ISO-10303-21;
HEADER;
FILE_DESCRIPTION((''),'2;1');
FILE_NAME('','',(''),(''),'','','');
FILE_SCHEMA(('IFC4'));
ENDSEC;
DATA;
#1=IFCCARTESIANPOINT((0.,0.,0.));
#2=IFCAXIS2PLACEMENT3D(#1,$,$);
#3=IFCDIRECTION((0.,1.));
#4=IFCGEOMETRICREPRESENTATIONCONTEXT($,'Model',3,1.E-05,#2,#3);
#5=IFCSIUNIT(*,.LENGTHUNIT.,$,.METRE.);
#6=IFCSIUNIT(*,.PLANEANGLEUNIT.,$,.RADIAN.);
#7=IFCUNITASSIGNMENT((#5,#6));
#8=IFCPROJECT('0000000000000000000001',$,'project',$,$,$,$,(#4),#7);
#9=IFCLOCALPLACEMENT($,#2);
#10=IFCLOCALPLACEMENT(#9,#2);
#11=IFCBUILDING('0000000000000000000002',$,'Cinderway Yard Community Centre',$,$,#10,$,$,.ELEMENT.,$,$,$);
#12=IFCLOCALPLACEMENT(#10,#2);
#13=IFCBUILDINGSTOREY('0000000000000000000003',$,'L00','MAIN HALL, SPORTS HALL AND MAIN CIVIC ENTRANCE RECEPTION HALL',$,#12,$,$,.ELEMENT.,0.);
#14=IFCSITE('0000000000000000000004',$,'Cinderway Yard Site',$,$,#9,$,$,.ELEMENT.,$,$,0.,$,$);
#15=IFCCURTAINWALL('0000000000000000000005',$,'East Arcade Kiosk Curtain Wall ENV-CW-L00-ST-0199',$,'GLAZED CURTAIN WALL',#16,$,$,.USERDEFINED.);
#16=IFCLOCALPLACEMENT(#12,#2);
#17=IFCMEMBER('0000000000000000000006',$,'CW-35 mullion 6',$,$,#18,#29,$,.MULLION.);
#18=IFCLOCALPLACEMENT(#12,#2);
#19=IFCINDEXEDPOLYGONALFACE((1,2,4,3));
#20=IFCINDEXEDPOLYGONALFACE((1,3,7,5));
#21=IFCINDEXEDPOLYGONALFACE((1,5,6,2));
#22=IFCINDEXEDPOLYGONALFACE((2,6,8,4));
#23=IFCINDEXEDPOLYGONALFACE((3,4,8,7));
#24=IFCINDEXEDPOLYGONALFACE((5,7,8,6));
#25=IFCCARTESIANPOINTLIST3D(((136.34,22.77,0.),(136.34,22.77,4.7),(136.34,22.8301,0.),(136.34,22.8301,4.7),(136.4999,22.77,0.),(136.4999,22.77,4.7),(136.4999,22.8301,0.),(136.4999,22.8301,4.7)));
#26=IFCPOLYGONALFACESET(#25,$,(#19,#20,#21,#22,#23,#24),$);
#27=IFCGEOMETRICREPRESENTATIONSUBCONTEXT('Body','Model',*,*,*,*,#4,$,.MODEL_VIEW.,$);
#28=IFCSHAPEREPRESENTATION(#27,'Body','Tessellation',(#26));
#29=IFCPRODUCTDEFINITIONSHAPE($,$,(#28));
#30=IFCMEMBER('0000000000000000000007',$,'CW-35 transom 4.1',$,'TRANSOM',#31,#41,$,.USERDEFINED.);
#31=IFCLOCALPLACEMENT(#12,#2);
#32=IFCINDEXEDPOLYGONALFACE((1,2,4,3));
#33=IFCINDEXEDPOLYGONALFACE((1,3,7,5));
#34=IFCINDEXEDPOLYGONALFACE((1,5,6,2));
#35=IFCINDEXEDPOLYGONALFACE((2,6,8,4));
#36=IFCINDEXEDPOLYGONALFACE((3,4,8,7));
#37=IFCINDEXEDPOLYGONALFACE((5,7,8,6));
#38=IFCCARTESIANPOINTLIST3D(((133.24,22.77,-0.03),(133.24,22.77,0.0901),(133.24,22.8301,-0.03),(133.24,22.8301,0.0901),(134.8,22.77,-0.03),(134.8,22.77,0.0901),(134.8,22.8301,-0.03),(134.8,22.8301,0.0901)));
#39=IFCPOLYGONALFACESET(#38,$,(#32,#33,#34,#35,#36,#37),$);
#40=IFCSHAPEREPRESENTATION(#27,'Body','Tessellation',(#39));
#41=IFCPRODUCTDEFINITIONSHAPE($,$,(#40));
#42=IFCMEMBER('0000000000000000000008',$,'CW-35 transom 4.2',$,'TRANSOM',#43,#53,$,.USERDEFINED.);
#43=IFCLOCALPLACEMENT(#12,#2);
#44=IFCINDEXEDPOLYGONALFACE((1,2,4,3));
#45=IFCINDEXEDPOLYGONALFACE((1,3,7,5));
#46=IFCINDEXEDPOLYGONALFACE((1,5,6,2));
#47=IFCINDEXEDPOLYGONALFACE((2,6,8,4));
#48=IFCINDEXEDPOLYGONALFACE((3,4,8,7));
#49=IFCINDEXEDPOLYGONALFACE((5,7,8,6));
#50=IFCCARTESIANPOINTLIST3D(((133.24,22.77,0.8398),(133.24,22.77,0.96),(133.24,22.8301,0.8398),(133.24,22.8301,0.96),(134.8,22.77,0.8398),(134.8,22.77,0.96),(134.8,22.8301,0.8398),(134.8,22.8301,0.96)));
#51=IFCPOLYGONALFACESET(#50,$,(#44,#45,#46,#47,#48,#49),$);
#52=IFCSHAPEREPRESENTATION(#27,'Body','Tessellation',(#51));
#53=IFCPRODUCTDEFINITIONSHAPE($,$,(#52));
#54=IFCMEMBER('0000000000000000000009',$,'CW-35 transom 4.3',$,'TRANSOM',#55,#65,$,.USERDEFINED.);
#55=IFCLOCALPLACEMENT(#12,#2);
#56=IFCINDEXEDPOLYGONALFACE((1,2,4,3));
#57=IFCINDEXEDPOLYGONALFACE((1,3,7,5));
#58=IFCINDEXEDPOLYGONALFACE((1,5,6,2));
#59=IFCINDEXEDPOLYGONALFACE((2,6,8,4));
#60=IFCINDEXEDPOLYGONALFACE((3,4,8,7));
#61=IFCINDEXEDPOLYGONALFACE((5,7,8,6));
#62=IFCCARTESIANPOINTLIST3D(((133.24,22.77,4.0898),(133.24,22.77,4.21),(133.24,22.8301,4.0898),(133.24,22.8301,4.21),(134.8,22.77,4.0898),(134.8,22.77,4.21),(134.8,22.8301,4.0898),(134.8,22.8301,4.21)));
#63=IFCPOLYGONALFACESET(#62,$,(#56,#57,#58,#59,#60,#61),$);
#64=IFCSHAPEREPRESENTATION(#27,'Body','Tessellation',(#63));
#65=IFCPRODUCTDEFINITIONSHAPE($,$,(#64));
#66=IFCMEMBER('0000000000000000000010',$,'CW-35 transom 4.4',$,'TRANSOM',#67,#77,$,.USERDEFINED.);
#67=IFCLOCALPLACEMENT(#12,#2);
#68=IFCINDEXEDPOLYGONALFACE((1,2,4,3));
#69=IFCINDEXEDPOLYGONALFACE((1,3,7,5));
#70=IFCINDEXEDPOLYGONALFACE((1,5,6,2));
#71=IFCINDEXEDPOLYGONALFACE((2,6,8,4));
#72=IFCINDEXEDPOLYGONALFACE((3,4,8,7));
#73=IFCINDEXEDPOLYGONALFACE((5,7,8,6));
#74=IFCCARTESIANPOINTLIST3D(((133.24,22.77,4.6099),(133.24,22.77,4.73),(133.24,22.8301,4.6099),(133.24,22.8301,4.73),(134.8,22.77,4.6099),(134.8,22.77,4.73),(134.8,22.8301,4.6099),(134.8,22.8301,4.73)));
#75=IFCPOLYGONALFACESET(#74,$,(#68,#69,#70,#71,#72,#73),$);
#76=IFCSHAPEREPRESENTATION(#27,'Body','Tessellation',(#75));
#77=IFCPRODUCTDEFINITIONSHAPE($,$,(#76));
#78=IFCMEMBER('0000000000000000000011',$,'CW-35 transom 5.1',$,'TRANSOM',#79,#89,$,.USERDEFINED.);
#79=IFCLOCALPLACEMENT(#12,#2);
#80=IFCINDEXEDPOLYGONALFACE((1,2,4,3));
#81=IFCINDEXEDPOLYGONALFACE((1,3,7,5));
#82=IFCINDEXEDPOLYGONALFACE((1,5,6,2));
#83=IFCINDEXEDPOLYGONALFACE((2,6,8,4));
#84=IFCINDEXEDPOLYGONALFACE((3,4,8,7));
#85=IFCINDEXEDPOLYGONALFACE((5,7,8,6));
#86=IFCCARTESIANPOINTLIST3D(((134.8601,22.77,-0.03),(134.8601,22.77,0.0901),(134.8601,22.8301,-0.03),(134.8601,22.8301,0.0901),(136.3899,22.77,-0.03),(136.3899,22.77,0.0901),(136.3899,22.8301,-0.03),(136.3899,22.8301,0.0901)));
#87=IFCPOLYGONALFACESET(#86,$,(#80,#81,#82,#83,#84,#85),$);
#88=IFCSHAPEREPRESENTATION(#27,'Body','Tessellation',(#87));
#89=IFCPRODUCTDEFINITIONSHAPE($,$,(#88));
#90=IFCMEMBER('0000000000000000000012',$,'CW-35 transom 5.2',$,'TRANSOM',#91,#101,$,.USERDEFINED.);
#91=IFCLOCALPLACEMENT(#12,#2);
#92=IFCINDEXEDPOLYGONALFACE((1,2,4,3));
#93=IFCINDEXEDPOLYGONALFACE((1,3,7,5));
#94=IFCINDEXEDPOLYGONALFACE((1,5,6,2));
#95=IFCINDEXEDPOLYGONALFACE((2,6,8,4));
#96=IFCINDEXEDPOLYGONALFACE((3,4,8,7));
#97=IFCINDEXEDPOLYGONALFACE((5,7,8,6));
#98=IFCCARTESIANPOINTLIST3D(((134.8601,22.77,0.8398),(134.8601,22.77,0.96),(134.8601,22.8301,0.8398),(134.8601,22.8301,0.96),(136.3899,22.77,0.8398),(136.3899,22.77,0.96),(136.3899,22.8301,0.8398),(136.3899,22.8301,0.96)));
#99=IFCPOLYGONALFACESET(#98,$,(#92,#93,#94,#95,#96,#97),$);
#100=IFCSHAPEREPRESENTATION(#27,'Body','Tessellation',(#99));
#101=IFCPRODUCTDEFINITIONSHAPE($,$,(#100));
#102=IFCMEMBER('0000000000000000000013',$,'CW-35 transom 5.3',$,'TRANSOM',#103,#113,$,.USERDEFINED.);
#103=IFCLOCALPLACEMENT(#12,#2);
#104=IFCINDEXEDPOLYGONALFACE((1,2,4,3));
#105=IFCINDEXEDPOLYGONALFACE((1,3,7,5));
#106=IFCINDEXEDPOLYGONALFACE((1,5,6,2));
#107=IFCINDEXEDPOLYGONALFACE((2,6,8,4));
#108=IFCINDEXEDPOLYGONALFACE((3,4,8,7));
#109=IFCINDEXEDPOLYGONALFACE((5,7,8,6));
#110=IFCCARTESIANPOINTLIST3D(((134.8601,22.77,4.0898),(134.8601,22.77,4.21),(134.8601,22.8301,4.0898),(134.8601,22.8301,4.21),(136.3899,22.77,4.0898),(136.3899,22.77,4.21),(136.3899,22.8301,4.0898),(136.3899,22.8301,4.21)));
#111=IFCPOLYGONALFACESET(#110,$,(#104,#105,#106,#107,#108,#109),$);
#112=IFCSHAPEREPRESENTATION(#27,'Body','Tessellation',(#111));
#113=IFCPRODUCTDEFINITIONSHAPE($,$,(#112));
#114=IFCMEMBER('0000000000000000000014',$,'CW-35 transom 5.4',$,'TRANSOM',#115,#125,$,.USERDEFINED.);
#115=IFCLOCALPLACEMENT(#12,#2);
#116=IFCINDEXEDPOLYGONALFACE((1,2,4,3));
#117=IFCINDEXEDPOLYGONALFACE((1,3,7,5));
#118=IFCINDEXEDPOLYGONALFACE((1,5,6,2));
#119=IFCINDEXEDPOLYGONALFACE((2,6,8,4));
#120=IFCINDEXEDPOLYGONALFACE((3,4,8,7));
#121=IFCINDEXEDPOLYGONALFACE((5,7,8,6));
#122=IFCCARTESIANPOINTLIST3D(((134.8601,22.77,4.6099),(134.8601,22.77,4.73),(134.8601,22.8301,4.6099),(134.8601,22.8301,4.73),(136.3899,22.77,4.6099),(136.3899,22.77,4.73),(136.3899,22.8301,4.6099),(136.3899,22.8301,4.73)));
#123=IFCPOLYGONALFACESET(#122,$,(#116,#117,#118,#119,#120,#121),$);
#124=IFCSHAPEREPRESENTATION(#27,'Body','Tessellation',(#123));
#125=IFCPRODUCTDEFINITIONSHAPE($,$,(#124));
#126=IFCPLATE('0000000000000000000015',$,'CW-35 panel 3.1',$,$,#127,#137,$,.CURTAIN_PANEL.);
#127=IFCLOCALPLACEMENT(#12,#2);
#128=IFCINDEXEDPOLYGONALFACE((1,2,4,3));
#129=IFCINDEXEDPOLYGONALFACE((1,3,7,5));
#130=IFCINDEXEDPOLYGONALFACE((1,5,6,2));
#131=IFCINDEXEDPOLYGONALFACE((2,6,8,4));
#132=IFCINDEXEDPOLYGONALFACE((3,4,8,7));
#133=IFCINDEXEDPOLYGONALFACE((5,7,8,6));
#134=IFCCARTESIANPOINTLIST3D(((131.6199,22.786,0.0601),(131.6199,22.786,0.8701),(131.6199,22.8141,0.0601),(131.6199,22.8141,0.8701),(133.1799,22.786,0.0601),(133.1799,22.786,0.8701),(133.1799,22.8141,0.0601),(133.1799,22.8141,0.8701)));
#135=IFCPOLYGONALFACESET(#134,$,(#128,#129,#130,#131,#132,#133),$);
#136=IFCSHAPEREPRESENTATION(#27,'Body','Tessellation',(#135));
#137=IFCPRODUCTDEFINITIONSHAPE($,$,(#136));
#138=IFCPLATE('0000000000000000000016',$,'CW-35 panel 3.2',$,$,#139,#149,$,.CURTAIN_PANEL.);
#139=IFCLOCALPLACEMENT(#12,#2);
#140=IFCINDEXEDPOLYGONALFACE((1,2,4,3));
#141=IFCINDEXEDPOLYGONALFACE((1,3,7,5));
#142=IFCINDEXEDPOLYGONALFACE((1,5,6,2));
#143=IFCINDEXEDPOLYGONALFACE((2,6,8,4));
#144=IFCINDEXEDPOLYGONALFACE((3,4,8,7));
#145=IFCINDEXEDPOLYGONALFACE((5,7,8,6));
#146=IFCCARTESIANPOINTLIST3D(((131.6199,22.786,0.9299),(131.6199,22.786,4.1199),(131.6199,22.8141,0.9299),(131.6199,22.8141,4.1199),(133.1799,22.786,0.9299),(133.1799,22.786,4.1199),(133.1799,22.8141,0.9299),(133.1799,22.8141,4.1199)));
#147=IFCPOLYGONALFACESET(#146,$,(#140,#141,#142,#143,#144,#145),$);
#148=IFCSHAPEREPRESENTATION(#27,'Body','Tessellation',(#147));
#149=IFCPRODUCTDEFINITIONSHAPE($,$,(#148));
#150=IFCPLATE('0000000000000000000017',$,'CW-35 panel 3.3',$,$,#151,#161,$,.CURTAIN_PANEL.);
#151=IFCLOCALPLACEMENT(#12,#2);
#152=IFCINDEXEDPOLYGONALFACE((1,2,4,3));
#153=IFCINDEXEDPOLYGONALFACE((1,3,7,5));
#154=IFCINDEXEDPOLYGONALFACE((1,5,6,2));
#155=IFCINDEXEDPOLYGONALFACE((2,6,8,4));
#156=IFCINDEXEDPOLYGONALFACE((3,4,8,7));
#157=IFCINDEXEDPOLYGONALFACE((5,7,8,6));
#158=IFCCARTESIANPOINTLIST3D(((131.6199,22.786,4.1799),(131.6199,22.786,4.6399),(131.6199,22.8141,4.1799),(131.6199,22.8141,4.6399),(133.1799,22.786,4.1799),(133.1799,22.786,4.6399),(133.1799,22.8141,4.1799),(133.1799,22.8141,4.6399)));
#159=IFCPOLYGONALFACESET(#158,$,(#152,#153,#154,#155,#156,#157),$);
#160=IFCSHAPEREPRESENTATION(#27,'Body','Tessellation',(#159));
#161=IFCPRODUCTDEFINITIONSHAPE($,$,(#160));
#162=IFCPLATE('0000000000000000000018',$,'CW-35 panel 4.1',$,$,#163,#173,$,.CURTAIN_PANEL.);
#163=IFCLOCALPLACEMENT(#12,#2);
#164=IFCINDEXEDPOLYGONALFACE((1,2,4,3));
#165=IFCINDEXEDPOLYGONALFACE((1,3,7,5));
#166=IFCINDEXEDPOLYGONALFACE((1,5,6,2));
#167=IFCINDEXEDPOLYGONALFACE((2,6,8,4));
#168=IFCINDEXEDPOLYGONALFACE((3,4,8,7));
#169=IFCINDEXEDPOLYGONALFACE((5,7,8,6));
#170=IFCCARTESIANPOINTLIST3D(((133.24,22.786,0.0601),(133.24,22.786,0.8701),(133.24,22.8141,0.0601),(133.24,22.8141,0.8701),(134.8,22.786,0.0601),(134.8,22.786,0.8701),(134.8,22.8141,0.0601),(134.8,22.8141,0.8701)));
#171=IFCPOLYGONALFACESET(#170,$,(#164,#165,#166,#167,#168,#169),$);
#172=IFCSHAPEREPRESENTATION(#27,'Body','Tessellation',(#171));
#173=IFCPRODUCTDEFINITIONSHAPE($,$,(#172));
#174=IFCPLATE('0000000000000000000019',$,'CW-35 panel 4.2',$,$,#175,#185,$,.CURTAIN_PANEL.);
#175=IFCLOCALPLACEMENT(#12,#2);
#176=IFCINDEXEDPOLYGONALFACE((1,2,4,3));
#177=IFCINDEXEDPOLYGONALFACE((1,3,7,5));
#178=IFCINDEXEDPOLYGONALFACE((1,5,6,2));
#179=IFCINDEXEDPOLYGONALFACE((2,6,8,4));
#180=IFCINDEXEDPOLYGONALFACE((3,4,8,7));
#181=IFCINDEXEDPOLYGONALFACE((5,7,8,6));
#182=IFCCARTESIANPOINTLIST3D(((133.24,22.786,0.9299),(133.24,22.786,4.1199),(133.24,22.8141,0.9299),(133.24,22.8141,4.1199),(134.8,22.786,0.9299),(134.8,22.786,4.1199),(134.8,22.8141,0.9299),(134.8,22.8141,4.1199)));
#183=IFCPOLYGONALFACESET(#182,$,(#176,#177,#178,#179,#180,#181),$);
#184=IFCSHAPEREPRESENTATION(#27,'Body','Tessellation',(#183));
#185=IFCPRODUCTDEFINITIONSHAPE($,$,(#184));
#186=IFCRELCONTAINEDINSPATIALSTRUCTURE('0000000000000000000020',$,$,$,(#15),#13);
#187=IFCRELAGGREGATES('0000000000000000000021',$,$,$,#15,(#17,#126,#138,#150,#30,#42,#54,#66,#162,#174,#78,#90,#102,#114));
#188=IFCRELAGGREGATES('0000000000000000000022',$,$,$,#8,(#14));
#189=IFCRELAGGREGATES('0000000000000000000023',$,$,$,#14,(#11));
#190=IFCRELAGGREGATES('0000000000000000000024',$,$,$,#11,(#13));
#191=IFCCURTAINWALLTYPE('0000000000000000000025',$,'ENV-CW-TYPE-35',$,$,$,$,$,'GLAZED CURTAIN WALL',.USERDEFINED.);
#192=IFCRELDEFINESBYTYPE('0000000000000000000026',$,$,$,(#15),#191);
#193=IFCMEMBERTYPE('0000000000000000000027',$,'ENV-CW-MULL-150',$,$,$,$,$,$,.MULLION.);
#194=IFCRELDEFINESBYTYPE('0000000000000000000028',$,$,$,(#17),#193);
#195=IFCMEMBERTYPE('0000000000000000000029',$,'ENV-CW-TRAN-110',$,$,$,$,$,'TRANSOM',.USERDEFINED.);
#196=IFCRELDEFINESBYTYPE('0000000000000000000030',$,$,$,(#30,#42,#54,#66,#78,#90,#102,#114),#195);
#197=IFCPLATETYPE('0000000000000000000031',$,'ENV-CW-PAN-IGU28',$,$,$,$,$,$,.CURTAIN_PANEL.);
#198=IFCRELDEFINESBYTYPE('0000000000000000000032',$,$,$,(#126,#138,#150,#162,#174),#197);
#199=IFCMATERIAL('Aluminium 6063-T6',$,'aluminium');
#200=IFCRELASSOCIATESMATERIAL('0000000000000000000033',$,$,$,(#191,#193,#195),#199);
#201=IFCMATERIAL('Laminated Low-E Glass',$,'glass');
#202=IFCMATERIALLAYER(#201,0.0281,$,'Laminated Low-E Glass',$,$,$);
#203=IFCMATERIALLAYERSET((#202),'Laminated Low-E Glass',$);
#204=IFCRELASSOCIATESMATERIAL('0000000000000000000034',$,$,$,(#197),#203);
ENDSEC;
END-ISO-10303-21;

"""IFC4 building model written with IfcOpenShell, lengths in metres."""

from ifc_helpers import new_model, si_unit, direction, frame, origin, origin_2d, place, context, subcontext, project, spatial, rectangle, extrude, material, layer, layer_set, material_profile, profile_set, type_object, element, aggregate, save


model = new_model("IFC4")

# Units and contexts
model_context = context("Model", 3, precision=1e-05, world=origin(), true_north=direction((0.0, 1.0)))
body_context = subcontext(model_context, "Body", "Model", "MODEL_VIEW")
ifc_project = project(units=[si_unit("LENGTHUNIT", "METRE"), si_unit("PLANEANGLEUNIT", "RADIAN")], contexts=[model_context])

# Site, building, storey
site_placement = place(None, origin())
site = spatial("IfcSite", under=ifc_project, at=site_placement, Name="Cinderway Yard Site", CompositionType="ELEMENT", RefElevation=0.0)
building_placement = place(site_placement, origin())
building = spatial("IfcBuilding", under=site, at=building_placement, Name="Cinderway Yard Community Centre", CompositionType="ELEMENT")
storey_placement = place(building_placement, origin())
storey = spatial("IfcBuildingStorey", under=building, at=storey_placement, Name="L00", Description="MAIN HALL, SPORTS HALL AND MAIN CIVIC ENTRANCE RECEPTION HALL", CompositionType="ELEMENT", Elevation=0.0)

# Curtain wall, members, plates
ifc_material_1 = material(Name="Aluminium 6063-T6", Category="aluminium")
curtain_wall_type = type_object("IfcCurtainWallType", Name="ENV-CW-TYPE-35", ElementType="GLAZED CURTAIN WALL", PredefinedType="USERDEFINED", material=ifc_material_1)
curtain_wall_placement = place(storey_placement, origin())
curtain_wall = element("IfcCurtainWall", 1, at=curtain_wall_placement, inside=storey, type_object=curtain_wall_type, Name="East Arcade Kiosk Curtain Wall ENV-CW-L00-ST-0199", ObjectType="GLAZED CURTAIN WALL", PredefinedType="USERDEFINED")
ifc_material_profile_1 = material_profile(ifc_material_1, rectangle(XDim=0.0601, YDim=0.1599, at=origin_2d()), Name="Aluminium 6063-T6")
ifc_profile_set_1 = profile_set([ifc_material_profile_1], Name="Aluminium 6063-T6")
member_type_1 = type_object("IfcMemberType", Name="ENV-CW-MULL-150", PredefinedType="MULLION", material=ifc_profile_set_1)
member_1_placement = place(storey_placement, frame((136.4199, 22.8, 0.0), z_axis=(0.0, 0.0, 1.0), x_axis=(0.0, 1.0, 0.0)))
member_1 = element("IfcMember", 2, at=member_1_placement, type_object=member_type_1, Name="CW-35 mullion 6", PredefinedType="MULLION", context=body_context, shape_type="SweptSolid", body=[
    extrude(rectangle(XDim=0.0601, YDim=0.1599, at=origin_2d()), origin(), (0.0, 0.0, 1.0), 4.7),
])
ifc_material_profile_2 = material_profile(ifc_material_1, rectangle(XDim=0.0601, YDim=0.1201, at=origin_2d()), Name="Aluminium 6063-T6")
ifc_profile_set_2 = profile_set([ifc_material_profile_2], Name="Aluminium 6063-T6")
member_type_2 = type_object("IfcMemberType", Name="ENV-CW-TRAN-110", ElementType="TRANSOM", PredefinedType="USERDEFINED", material=ifc_profile_set_2)
member_2_placement = place(storey_placement, frame((133.24, 22.8, 0.03), z_axis=(1.0, 0.0, 0.0), x_axis=(0.0, 1.0, 0.0)))
member_2 = element("IfcMember", 3, at=member_2_placement, type_object=member_type_2, Name="CW-35 transom 4.1", ObjectType="TRANSOM", PredefinedType="USERDEFINED", context=body_context, shape_type="SweptSolid", body=[
    extrude(rectangle(XDim=0.0601, YDim=0.1201, at=origin_2d()), origin(), (0.0, 0.0, 1.0), 1.5601),
])
member_3_placement = place(storey_placement, frame((133.24, 22.8, 0.8999), z_axis=(1.0, 0.0, 0.0), x_axis=(0.0, 1.0, 0.0)))
member_3 = element("IfcMember", 4, at=member_3_placement, type_object=member_type_2, Name="CW-35 transom 4.2", ObjectType="TRANSOM", PredefinedType="USERDEFINED", context=body_context, shape_type="SweptSolid", body=[
    extrude(rectangle(XDim=0.0601, YDim=0.1201, at=origin_2d()), origin(), (0.0, 0.0, 1.0), 1.5601),
])
member_4_placement = place(storey_placement, frame((133.24, 22.8, 4.1499), z_axis=(1.0, 0.0, 0.0), x_axis=(0.0, 1.0, 0.0)))
member_4 = element("IfcMember", 5, at=member_4_placement, type_object=member_type_2, Name="CW-35 transom 4.3", ObjectType="TRANSOM", PredefinedType="USERDEFINED", context=body_context, shape_type="SweptSolid", body=[
    extrude(rectangle(XDim=0.0601, YDim=0.1201, at=origin_2d()), origin(), (0.0, 0.0, 1.0), 1.5601),
])
member_5_placement = place(storey_placement, frame((133.24, 22.8, 4.6699), z_axis=(1.0, 0.0, 0.0), x_axis=(0.0, 1.0, 0.0)))
member_5 = element("IfcMember", 6, at=member_5_placement, type_object=member_type_2, Name="CW-35 transom 4.4", ObjectType="TRANSOM", PredefinedType="USERDEFINED", context=body_context, shape_type="SweptSolid", body=[
    extrude(rectangle(XDim=0.0601, YDim=0.1201, at=origin_2d()), origin(), (0.0, 0.0, 1.0), 1.5601),
])
member_6_placement = place(storey_placement, frame((134.8601, 22.8, 0.03), z_axis=(1.0, 0.0, 0.0), x_axis=(0.0, 1.0, 0.0)))
member_6 = element("IfcMember", 7, at=member_6_placement, type_object=member_type_2, Name="CW-35 transom 5.1", ObjectType="TRANSOM", PredefinedType="USERDEFINED", context=body_context, shape_type="SweptSolid", body=[
    extrude(rectangle(XDim=0.0601, YDim=0.1201, at=origin_2d()), origin(), (0.0, 0.0, 1.0), 1.5298),
])
member_7_placement = place(storey_placement, frame((134.8601, 22.8, 0.8999), z_axis=(1.0, 0.0, 0.0), x_axis=(0.0, 1.0, 0.0)))
member_7 = element("IfcMember", 8, at=member_7_placement, type_object=member_type_2, Name="CW-35 transom 5.2", ObjectType="TRANSOM", PredefinedType="USERDEFINED", context=body_context, shape_type="SweptSolid", body=[
    extrude(rectangle(XDim=0.0601, YDim=0.1201, at=origin_2d()), origin(), (0.0, 0.0, 1.0), 1.5298),
])
member_8_placement = place(storey_placement, frame((134.8601, 22.8, 4.1499), z_axis=(1.0, 0.0, 0.0), x_axis=(0.0, 1.0, 0.0)))
member_8 = element("IfcMember", 9, at=member_8_placement, type_object=member_type_2, Name="CW-35 transom 5.3", ObjectType="TRANSOM", PredefinedType="USERDEFINED", context=body_context, shape_type="SweptSolid", body=[
    extrude(rectangle(XDim=0.0601, YDim=0.1201, at=origin_2d()), origin(), (0.0, 0.0, 1.0), 1.5298),
])
member_9_placement = place(storey_placement, frame((134.8601, 22.8, 4.6699), z_axis=(1.0, 0.0, 0.0), x_axis=(0.0, 1.0, 0.0)))
member_9 = element("IfcMember", 10, at=member_9_placement, type_object=member_type_2, Name="CW-35 transom 5.4", ObjectType="TRANSOM", PredefinedType="USERDEFINED", context=body_context, shape_type="SweptSolid", body=[
    extrude(rectangle(XDim=0.0601, YDim=0.1201, at=origin_2d()), origin(), (0.0, 0.0, 1.0), 1.5298),
])
ifc_material_2 = material(Name="Laminated Low-E Glass", Category="glass")
ifc_layer_1 = layer(ifc_material_2, 0.0281, Name="Laminated Low-E Glass")
ifc_layer_set_1 = layer_set([ifc_layer_1], Name="Laminated Low-E Glass")
plate_type = type_object("IfcPlateType", Name="ENV-CW-PAN-IGU28", PredefinedType="CURTAIN_PANEL", material=ifc_layer_set_1)
plate_1_placement = place(storey_placement, frame((132.3999, 22.8, 0.0601), z_axis=(0.0, 0.0, 1.0), x_axis=(1.0, 0.0, 0.0)))
plate_1 = element("IfcPlate", 11, at=plate_1_placement, type_object=plate_type, Name="CW-35 panel 3.1", PredefinedType="CURTAIN_PANEL", context=body_context, shape_type="SweptSolid", body=[
    extrude(rectangle(XDim=1.5601, YDim=0.0281, at=origin_2d()), origin(), (0.0, 0.0, 1.0), 0.8101),
])
plate_2_placement = place(storey_placement, frame((132.3999, 22.8, 0.9299), z_axis=(0.0, 0.0, 1.0), x_axis=(1.0, 0.0, 0.0)))
plate_2 = element("IfcPlate", 12, at=plate_2_placement, type_object=plate_type, Name="CW-35 panel 3.2", PredefinedType="CURTAIN_PANEL", context=body_context, shape_type="SweptSolid", body=[
    extrude(rectangle(XDim=1.5601, YDim=0.0281, at=origin_2d()), origin(), (0.0, 0.0, 1.0), 3.1899),
])
plate_3_placement = place(storey_placement, frame((132.3999, 22.8, 4.1799), z_axis=(0.0, 0.0, 1.0), x_axis=(1.0, 0.0, 0.0)))
plate_3 = element("IfcPlate", 13, at=plate_3_placement, type_object=plate_type, Name="CW-35 panel 3.3", PredefinedType="CURTAIN_PANEL", context=body_context, shape_type="SweptSolid", body=[
    extrude(rectangle(XDim=1.5601, YDim=0.0281, at=origin_2d()), origin(), (0.0, 0.0, 1.0), 0.46),
])
plate_4_placement = place(storey_placement, frame((134.02, 22.8, 0.0601), z_axis=(0.0, 0.0, 1.0), x_axis=(1.0, 0.0, 0.0)))
plate_4 = element("IfcPlate", 14, at=plate_4_placement, type_object=plate_type, Name="CW-35 panel 4.1", PredefinedType="CURTAIN_PANEL", context=body_context, shape_type="SweptSolid", body=[
    extrude(rectangle(XDim=1.5601, YDim=0.0281, at=origin_2d()), origin(), (0.0, 0.0, 1.0), 0.8101),
])
plate_5_placement = place(storey_placement, frame((134.02, 22.8, 0.9299), z_axis=(0.0, 0.0, 1.0), x_axis=(1.0, 0.0, 0.0)))
plate_5 = element("IfcPlate", 15, at=plate_5_placement, type_object=plate_type, Name="CW-35 panel 4.2", PredefinedType="CURTAIN_PANEL", context=body_context, shape_type="SweptSolid", body=[
    extrude(rectangle(XDim=1.5601, YDim=0.0281, at=origin_2d()), origin(), (0.0, 0.0, 1.0), 3.1899),
])
aggregate(curtain_wall, [member_1, plate_1, plate_2, plate_3, member_2, member_3, member_4, member_5, plate_4, plate_5, member_6, member_7, member_8, member_9])

save(model, "model.ifc")
